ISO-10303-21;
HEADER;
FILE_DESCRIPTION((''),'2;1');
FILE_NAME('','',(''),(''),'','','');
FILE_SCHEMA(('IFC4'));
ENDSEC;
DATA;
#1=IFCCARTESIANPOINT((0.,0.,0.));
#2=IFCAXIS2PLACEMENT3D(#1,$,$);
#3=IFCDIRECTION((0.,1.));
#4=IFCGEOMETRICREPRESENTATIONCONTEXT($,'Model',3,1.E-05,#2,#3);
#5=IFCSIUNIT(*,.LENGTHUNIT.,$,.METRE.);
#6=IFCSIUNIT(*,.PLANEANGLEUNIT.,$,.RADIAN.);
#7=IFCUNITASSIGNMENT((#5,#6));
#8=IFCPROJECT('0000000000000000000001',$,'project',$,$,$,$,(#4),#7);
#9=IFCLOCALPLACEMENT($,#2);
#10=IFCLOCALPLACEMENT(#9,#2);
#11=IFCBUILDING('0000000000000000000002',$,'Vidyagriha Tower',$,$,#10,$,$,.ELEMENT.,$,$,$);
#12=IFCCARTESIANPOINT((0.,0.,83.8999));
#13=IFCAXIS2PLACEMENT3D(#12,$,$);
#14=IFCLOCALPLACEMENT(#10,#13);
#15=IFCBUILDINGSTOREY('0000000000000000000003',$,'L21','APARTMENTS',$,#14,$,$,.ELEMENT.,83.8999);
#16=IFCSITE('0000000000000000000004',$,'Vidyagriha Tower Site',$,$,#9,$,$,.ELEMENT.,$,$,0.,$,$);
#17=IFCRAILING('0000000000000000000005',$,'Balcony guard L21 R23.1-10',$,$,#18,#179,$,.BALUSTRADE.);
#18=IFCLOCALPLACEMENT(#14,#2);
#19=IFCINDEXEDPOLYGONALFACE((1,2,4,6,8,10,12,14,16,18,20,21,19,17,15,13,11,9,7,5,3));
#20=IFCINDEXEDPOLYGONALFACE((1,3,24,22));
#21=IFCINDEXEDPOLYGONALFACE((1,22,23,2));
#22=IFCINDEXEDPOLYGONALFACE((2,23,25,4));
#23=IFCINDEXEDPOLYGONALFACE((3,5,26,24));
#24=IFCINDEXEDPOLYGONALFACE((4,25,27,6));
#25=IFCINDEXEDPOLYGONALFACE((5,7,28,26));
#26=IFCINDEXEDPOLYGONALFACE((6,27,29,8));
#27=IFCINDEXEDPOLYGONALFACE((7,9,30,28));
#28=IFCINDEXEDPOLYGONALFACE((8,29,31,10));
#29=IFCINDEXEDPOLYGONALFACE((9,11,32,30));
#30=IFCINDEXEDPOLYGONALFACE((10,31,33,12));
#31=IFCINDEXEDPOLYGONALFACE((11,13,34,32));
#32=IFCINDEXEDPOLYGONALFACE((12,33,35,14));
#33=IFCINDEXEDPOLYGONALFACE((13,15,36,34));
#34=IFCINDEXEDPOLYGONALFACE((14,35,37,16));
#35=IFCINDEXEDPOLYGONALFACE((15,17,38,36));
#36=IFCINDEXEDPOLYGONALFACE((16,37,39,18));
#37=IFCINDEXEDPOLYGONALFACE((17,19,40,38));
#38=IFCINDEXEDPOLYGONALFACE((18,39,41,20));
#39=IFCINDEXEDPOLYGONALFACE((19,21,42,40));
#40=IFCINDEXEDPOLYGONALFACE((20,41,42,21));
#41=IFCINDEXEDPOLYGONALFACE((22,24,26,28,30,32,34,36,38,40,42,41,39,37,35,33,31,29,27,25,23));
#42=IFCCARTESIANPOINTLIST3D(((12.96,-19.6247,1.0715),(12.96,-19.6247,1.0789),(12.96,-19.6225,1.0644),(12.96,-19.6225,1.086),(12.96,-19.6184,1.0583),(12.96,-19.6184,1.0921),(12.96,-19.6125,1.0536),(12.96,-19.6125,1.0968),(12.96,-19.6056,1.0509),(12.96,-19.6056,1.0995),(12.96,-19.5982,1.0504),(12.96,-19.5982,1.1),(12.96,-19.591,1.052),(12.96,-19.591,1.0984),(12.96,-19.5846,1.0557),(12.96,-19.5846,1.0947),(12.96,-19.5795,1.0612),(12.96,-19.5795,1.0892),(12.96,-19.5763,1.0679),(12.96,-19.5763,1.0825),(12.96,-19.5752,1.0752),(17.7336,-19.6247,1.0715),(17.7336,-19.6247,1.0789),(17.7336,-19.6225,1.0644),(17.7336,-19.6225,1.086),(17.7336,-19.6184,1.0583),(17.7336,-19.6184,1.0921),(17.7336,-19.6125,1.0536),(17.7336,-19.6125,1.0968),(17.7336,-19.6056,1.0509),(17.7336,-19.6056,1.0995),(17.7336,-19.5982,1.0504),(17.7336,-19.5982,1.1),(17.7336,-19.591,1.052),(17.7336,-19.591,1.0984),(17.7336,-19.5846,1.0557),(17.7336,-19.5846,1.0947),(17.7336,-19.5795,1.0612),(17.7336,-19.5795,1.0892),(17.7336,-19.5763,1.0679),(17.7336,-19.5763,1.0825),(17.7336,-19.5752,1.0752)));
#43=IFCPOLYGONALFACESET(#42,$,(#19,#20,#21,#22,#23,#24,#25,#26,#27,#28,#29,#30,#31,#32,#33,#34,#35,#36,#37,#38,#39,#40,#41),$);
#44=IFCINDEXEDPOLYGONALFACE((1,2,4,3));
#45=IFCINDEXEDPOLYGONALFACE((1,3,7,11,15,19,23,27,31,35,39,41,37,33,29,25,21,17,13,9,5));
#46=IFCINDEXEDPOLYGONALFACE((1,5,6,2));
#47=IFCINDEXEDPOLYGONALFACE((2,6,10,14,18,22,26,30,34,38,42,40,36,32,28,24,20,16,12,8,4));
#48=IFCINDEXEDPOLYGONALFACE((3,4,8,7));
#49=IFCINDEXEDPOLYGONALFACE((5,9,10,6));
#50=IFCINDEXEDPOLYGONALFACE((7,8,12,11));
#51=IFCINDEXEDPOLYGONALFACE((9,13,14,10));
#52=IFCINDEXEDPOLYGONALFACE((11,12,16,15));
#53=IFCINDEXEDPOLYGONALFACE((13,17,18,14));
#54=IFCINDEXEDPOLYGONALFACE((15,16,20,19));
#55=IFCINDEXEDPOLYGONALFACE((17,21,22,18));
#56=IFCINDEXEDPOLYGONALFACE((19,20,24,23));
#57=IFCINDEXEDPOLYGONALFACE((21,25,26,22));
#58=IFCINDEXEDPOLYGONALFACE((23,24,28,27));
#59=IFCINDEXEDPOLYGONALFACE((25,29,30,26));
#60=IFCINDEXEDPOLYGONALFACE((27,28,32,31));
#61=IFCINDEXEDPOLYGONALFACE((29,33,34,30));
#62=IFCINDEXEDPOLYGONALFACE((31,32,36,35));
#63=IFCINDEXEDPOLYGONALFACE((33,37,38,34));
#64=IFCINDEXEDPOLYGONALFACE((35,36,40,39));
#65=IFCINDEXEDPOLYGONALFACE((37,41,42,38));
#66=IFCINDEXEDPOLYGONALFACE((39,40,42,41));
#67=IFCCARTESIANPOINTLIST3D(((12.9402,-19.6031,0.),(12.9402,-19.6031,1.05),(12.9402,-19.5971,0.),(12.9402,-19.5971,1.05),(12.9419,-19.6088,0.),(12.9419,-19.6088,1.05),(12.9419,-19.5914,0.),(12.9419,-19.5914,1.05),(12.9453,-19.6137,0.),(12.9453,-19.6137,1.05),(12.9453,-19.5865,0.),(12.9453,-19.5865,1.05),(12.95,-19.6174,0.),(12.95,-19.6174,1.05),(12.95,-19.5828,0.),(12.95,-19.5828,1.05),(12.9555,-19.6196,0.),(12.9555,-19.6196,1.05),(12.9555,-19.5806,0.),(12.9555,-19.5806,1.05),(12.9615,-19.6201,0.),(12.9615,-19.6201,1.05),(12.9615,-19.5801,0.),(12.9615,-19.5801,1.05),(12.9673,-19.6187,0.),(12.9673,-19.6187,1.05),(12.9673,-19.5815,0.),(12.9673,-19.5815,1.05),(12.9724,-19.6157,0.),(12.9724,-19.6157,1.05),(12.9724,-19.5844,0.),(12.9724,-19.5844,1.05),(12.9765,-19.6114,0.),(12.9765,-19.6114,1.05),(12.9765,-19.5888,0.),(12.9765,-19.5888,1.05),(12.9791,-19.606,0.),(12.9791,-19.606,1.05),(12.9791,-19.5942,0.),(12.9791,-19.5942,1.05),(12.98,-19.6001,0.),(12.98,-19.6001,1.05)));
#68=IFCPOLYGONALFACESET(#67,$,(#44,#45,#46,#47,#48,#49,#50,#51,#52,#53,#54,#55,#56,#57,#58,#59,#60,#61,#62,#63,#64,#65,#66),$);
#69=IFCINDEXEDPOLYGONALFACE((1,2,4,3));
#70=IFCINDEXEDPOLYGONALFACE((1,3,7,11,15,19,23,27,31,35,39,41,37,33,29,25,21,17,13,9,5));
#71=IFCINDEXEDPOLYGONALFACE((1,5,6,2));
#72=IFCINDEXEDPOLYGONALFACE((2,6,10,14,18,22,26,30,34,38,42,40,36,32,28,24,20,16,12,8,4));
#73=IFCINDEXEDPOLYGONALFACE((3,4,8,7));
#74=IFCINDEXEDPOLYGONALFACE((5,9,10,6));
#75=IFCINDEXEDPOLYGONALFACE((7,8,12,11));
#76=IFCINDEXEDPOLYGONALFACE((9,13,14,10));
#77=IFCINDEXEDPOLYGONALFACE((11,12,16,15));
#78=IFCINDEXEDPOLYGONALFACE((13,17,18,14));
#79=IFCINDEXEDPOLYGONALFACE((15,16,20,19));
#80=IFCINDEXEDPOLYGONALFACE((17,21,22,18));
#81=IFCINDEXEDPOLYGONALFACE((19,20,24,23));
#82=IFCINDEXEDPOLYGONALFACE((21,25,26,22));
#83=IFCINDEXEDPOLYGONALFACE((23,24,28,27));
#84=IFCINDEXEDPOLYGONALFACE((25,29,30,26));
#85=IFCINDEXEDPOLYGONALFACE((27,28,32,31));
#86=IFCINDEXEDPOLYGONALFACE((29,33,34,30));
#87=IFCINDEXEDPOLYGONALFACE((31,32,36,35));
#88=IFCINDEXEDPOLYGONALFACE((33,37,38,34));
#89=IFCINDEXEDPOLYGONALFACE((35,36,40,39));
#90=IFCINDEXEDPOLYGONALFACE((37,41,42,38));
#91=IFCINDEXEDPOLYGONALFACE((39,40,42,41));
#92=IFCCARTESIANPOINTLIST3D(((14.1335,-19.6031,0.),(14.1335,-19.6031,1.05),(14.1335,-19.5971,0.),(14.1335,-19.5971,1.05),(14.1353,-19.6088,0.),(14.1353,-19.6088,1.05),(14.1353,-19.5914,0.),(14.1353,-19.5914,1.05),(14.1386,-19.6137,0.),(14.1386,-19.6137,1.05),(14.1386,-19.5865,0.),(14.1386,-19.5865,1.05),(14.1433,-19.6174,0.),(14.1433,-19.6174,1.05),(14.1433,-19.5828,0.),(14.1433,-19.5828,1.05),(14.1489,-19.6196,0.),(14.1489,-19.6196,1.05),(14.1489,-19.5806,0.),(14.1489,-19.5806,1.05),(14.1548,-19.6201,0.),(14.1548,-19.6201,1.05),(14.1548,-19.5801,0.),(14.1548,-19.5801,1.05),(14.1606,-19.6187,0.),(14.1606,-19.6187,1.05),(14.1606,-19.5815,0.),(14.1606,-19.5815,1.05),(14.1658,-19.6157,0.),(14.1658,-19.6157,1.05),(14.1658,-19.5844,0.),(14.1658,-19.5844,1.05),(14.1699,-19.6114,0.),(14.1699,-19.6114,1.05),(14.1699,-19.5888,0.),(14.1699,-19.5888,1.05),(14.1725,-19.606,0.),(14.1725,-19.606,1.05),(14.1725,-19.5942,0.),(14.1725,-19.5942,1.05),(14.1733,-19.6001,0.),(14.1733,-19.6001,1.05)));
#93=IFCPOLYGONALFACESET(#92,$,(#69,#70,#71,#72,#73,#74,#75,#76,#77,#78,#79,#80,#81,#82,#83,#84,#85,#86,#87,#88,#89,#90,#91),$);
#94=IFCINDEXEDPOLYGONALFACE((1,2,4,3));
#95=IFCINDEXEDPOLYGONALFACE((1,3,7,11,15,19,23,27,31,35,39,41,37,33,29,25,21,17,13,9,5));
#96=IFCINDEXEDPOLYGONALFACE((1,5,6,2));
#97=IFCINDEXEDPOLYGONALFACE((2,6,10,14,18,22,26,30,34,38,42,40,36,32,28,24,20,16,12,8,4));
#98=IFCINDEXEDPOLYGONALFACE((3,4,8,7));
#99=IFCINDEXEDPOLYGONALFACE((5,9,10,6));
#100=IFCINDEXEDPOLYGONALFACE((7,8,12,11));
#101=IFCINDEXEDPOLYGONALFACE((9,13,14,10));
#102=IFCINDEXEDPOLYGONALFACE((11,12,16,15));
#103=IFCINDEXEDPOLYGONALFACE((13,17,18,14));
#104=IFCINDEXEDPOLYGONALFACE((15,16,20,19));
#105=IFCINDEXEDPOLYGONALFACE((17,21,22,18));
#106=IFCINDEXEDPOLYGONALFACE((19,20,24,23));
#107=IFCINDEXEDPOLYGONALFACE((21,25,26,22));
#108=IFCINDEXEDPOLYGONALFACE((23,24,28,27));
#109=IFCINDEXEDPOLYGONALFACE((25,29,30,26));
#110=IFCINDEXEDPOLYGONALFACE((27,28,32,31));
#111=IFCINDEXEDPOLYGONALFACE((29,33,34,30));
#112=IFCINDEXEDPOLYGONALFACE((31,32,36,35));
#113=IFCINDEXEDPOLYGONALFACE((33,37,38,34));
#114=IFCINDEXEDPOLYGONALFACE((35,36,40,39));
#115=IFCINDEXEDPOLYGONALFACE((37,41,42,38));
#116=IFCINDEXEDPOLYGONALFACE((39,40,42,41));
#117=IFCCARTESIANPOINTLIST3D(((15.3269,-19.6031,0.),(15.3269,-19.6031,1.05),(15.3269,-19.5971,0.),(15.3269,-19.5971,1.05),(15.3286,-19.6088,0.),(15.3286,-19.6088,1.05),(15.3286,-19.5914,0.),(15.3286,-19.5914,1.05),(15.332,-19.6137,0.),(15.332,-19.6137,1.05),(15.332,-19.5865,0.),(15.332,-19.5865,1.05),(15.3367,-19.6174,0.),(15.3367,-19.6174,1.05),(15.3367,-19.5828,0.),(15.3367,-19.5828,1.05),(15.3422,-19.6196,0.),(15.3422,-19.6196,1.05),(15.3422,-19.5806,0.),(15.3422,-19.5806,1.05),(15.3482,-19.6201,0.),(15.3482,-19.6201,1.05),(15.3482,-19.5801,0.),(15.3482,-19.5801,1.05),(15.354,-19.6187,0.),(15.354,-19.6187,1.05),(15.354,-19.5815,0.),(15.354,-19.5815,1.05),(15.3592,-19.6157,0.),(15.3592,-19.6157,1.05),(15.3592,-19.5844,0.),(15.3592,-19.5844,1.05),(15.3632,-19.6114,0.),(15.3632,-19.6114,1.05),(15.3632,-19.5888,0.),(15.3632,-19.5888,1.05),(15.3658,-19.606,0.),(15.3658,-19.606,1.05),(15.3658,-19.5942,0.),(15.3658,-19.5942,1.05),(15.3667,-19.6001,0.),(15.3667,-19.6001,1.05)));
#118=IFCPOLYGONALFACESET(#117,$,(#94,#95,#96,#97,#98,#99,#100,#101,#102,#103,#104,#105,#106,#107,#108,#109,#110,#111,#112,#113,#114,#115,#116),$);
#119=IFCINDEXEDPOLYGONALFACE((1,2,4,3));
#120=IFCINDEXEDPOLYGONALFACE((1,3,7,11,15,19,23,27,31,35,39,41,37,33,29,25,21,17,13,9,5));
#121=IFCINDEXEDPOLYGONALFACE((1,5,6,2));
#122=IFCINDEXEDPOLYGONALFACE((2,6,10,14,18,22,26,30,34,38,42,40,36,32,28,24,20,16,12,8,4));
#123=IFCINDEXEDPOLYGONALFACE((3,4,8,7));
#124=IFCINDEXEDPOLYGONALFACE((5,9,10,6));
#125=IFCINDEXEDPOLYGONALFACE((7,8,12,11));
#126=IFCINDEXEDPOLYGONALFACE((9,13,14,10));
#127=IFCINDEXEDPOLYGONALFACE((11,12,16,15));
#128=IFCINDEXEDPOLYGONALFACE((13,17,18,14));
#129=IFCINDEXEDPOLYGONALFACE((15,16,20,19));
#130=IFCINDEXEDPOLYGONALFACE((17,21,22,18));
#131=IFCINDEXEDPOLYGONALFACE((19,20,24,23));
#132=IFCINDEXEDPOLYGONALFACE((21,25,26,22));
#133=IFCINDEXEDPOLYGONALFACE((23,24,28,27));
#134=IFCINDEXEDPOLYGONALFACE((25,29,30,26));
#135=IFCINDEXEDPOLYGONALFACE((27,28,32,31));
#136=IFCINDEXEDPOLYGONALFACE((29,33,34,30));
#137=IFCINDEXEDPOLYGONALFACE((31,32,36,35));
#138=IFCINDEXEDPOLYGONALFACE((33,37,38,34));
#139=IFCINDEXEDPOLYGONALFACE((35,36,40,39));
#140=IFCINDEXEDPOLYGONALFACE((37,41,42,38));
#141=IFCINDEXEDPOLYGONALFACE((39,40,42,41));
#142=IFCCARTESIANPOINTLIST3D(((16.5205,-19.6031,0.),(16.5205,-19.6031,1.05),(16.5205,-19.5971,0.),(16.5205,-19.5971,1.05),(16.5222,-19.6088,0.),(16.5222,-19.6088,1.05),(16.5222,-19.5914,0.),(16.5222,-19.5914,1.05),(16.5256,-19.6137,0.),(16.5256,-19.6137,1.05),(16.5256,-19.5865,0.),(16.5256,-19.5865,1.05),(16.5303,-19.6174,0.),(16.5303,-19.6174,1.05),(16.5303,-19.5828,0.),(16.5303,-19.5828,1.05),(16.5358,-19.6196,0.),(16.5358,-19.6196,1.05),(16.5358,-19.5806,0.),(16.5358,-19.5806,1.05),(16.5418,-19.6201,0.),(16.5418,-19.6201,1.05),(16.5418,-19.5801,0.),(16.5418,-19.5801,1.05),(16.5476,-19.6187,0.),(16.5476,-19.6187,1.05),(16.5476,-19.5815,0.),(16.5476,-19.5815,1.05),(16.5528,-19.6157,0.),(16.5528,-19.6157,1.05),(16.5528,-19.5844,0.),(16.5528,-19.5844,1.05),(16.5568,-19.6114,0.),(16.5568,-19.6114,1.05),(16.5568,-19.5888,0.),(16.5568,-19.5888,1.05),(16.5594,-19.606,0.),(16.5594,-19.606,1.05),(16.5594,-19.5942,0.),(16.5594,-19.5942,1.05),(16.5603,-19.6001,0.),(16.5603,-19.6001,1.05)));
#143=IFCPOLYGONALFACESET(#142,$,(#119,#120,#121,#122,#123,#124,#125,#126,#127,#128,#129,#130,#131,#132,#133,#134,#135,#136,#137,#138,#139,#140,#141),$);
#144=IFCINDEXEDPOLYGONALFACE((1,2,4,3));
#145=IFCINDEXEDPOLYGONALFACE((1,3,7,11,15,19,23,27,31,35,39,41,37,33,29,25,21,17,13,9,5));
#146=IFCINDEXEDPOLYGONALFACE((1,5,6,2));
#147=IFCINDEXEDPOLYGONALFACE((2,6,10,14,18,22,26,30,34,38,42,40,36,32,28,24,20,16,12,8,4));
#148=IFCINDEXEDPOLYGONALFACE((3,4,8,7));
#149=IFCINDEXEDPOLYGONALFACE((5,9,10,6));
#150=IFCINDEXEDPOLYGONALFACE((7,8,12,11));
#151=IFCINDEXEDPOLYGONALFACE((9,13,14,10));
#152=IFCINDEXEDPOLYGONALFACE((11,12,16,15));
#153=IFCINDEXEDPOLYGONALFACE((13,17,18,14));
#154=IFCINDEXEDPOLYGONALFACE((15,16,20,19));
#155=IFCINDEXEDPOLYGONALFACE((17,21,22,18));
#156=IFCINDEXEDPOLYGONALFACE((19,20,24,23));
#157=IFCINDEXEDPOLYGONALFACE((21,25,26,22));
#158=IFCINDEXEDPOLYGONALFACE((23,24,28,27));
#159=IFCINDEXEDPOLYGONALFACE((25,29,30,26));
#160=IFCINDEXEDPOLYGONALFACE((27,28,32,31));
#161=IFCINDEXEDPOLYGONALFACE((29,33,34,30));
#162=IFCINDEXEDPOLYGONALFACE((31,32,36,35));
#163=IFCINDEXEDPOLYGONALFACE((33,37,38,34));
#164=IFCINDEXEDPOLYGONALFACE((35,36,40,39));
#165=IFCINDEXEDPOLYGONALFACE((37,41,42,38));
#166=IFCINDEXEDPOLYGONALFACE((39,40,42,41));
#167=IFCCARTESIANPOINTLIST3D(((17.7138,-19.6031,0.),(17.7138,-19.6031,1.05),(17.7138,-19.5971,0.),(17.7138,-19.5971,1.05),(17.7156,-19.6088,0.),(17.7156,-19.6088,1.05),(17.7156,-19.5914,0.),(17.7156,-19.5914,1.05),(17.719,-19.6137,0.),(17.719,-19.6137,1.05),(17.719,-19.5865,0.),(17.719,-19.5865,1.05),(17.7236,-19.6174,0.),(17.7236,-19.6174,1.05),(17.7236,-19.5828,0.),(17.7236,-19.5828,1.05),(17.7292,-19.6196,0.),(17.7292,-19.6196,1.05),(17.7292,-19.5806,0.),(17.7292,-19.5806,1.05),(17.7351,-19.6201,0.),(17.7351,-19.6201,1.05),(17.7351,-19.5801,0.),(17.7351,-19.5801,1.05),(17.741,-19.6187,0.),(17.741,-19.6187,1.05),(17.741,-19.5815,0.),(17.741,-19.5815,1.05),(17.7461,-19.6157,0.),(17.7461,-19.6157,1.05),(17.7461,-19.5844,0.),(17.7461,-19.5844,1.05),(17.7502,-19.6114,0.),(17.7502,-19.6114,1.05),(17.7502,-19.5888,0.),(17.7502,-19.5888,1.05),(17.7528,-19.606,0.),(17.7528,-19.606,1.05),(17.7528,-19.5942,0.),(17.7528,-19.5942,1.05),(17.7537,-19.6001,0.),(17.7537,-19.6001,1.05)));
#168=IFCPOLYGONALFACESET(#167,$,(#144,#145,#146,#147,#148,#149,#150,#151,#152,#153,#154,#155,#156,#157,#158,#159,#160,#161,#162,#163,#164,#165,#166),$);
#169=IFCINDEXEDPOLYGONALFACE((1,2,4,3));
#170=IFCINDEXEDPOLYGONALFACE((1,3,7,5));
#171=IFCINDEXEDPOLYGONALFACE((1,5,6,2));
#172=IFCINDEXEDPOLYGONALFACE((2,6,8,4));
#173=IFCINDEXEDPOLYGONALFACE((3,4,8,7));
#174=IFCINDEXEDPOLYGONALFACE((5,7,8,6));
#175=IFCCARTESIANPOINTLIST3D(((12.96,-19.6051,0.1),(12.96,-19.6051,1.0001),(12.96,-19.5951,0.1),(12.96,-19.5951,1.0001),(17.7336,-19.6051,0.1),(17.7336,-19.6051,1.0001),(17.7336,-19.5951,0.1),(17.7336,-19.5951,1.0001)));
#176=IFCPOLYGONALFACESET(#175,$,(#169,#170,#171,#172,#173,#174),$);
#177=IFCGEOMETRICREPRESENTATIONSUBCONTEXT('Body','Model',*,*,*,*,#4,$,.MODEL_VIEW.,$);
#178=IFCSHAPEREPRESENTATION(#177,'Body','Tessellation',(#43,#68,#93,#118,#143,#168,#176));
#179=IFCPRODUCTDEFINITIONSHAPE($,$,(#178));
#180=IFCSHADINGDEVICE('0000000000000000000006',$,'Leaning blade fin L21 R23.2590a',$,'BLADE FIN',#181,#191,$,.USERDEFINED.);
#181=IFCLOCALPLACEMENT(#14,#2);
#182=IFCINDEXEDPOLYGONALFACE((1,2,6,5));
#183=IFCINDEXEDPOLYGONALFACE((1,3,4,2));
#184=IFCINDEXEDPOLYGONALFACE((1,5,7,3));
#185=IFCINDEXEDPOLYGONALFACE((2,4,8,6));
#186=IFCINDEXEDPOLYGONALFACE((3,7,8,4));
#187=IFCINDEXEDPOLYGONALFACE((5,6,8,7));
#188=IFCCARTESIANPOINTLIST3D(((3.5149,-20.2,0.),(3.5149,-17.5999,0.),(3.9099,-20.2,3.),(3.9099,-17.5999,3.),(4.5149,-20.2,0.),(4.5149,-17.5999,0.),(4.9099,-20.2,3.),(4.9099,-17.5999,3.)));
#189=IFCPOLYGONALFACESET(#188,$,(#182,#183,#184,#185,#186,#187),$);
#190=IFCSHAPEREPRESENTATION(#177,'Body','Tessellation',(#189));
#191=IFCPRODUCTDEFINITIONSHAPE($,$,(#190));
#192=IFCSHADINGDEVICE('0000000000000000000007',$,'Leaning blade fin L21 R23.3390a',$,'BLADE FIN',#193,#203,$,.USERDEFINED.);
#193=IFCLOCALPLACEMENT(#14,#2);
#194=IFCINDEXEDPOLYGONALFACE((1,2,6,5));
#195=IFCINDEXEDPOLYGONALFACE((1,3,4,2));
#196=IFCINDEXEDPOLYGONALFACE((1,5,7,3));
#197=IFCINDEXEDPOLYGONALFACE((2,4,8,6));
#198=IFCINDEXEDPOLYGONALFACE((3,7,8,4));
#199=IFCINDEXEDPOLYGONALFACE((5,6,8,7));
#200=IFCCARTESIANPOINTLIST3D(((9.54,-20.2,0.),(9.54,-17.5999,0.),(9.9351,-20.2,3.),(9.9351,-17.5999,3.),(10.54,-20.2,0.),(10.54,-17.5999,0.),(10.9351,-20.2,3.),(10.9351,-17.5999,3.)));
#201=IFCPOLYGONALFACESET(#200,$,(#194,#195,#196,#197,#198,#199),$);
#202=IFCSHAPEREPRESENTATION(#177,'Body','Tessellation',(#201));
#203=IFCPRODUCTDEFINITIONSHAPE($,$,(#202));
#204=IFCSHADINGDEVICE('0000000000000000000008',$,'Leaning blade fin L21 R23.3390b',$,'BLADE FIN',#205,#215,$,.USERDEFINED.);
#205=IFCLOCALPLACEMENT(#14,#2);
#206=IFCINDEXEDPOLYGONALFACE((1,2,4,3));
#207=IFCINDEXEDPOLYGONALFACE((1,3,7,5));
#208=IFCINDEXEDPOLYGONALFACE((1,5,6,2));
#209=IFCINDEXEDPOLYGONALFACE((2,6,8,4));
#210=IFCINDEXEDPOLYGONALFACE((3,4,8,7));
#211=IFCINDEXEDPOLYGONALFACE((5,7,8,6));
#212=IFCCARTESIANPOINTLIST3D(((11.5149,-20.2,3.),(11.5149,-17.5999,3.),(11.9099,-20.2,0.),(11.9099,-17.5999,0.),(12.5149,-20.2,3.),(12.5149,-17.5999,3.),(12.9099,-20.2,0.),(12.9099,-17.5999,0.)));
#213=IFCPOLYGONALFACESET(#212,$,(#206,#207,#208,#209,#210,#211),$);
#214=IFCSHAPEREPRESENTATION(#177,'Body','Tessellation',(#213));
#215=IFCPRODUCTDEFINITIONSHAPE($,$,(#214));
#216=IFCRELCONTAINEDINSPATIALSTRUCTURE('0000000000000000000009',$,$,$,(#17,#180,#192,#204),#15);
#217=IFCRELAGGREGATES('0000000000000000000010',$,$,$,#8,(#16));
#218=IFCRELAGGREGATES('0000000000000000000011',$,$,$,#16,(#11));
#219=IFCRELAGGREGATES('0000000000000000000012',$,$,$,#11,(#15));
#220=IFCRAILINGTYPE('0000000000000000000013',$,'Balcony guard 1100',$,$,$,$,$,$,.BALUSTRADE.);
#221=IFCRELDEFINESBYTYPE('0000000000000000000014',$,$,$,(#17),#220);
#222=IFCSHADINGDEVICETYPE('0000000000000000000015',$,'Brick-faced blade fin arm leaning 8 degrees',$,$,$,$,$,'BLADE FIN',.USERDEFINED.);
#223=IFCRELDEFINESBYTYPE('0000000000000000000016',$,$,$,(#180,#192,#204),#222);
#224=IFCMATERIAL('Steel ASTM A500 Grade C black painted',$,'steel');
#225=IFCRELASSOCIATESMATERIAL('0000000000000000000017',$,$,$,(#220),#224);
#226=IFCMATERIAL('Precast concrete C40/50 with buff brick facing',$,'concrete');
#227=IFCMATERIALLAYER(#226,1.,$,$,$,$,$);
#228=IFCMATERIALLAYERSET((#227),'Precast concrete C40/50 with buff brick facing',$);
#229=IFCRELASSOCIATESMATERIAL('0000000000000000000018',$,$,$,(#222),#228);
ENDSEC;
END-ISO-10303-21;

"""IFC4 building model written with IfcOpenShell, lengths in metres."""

from ifc_helpers import new_model, si_unit, direction, frame, origin, origin_2d, place, context, subcontext, project, spatial, polyline, rectangle, circle, outline, extrude, material, layer, layer_set, type_object, element, save


model = new_model("IFC4")

# Units and contexts
model_context = context("Model", 3, precision=1e-05, world=origin(), true_north=direction((0.0, 1.0)))
body_context = subcontext(model_context, "Body", "Model", "MODEL_VIEW")
ifc_project = project(units=[si_unit("LENGTHUNIT", "METRE"), si_unit("PLANEANGLEUNIT", "RADIAN")], contexts=[model_context])

# Site, building, storey
site_placement = place(None, origin())
site = spatial("IfcSite", under=ifc_project, at=site_placement, Name="Vidyagriha Tower Site", CompositionType="ELEMENT", RefElevation=0.0)
building_placement = place(site_placement, origin())
building = spatial("IfcBuilding", under=site, at=building_placement, Name="Vidyagriha Tower", CompositionType="ELEMENT")
storey_placement = place(building_placement, frame((0.0, 0.0, 83.8999)))
storey = spatial("IfcBuildingStorey", under=building, at=storey_placement, Name="L21", Description="APARTMENTS", CompositionType="ELEMENT", Elevation=83.8999)

# Railing
ifc_material_1 = material(Name="Steel ASTM A500 Grade C black painted", Category="steel")
railing_type = type_object("IfcRailingType", Name="Balcony guard 1100", PredefinedType="BALUSTRADE", material=ifc_material_1)
railing_1_placement = place(storey_placement, frame((12.96, -19.6001, 0.0)))
element("IfcRailing", 1, at=railing_1_placement, inside=storey, type_object=railing_type, Name="Balcony guard L21 R23.1-10", PredefinedType="BALUSTRADE", context=body_context, shape_type="SweptSolid", body=[
    extrude(circle(Radius=0.0249, at=origin_2d()), frame((0.0, 0.0, 1.0752), z_axis=(1.0, 0.0, 0.0), x_axis=(0.0, 1.0, 0.0)), (0.0, 0.0, 1.0), 4.7737),
    extrude(circle(Radius=0.02, at=origin_2d()), origin(), (0.0, 0.0, 1.0), 1.05),
    extrude(circle(Radius=0.02, at=origin_2d()), frame((1.1934, 0.0, 0.0)), (0.0, 0.0, 1.0), 1.05),
    extrude(circle(Radius=0.02, at=origin_2d()), frame((2.3867, 0.0, 0.0)), (0.0, 0.0, 1.0), 1.05),
    extrude(circle(Radius=0.02, at=origin_2d()), frame((3.5803, 0.0, 0.0)), (0.0, 0.0, 1.0), 1.05),
    extrude(circle(Radius=0.02, at=origin_2d()), frame((4.7737, 0.0, 0.0)), (0.0, 0.0, 1.0), 1.05),
    extrude(rectangle(XDim=0.01, YDim=0.9001, at=origin_2d()), frame((0.0, 0.0, 0.55), z_axis=(1.0, 0.0, 0.0), x_axis=(0.0, 1.0, 0.0)), (0.0, 0.0, 1.0), 4.7737),
])

# Shading devices
ifc_material_2 = material(Name="Precast concrete C40/50 with buff brick facing", Category="concrete")
ifc_layer_1 = layer(ifc_material_2, 1.0)
ifc_layer_set_1 = layer_set([ifc_layer_1], Name="Precast concrete C40/50 with buff brick facing")
shading_device_type = type_object("IfcShadingDeviceType", Name="Brick-faced blade fin arm leaning 8 degrees", ElementType="BLADE FIN", PredefinedType="USERDEFINED", material=ifc_layer_set_1)
for number, where, name in (
    (2, (3.5149, -18.8999, 0.0), "Leaning blade fin L21 R23.2590a"),
    (3, (9.54, -18.8999, 0.0), "Leaning blade fin L21 R23.3390a"),
):
    element("IfcShadingDevice", number, at=place(storey_placement, frame(where)), inside=storey, type_object=shading_device_type, Name=name, ObjectType="BLADE FIN", PredefinedType="USERDEFINED", context=body_context, shape_type="SweptSolid", body=[
        extrude(outline(polyline([(0.0, 0.0), (1.0, 0.0), (1.395, 3.0), (0.395, 3.0), (0.0, 0.0)])), frame((0.0, 1.3, 0.0), z_axis=(0.0, -1.0, 0.0), x_axis=(1.0, 0.0, 0.0)), (0.0, 0.0, 1.0), 2.6001),
    ])
shading_device_placement = place(storey_placement, frame((11.5149, -18.8999, 0.0)))
element("IfcShadingDevice", 4, at=shading_device_placement, inside=storey, type_object=shading_device_type, Name="Leaning blade fin L21 R23.3390b", ObjectType="BLADE FIN", PredefinedType="USERDEFINED", context=body_context, shape_type="SweptSolid", body=[
    extrude(outline(polyline([(0.395, 0.0), (1.395, 0.0), (1.0, 3.0), (0.0, 3.0), (0.395, 0.0)])), frame((0.0, 1.3, 0.0), z_axis=(0.0, -1.0, 0.0), x_axis=(1.0, 0.0, 0.0)), (0.0, 0.0, 1.0), 2.6001),
])

save(model, "model.ifc")
